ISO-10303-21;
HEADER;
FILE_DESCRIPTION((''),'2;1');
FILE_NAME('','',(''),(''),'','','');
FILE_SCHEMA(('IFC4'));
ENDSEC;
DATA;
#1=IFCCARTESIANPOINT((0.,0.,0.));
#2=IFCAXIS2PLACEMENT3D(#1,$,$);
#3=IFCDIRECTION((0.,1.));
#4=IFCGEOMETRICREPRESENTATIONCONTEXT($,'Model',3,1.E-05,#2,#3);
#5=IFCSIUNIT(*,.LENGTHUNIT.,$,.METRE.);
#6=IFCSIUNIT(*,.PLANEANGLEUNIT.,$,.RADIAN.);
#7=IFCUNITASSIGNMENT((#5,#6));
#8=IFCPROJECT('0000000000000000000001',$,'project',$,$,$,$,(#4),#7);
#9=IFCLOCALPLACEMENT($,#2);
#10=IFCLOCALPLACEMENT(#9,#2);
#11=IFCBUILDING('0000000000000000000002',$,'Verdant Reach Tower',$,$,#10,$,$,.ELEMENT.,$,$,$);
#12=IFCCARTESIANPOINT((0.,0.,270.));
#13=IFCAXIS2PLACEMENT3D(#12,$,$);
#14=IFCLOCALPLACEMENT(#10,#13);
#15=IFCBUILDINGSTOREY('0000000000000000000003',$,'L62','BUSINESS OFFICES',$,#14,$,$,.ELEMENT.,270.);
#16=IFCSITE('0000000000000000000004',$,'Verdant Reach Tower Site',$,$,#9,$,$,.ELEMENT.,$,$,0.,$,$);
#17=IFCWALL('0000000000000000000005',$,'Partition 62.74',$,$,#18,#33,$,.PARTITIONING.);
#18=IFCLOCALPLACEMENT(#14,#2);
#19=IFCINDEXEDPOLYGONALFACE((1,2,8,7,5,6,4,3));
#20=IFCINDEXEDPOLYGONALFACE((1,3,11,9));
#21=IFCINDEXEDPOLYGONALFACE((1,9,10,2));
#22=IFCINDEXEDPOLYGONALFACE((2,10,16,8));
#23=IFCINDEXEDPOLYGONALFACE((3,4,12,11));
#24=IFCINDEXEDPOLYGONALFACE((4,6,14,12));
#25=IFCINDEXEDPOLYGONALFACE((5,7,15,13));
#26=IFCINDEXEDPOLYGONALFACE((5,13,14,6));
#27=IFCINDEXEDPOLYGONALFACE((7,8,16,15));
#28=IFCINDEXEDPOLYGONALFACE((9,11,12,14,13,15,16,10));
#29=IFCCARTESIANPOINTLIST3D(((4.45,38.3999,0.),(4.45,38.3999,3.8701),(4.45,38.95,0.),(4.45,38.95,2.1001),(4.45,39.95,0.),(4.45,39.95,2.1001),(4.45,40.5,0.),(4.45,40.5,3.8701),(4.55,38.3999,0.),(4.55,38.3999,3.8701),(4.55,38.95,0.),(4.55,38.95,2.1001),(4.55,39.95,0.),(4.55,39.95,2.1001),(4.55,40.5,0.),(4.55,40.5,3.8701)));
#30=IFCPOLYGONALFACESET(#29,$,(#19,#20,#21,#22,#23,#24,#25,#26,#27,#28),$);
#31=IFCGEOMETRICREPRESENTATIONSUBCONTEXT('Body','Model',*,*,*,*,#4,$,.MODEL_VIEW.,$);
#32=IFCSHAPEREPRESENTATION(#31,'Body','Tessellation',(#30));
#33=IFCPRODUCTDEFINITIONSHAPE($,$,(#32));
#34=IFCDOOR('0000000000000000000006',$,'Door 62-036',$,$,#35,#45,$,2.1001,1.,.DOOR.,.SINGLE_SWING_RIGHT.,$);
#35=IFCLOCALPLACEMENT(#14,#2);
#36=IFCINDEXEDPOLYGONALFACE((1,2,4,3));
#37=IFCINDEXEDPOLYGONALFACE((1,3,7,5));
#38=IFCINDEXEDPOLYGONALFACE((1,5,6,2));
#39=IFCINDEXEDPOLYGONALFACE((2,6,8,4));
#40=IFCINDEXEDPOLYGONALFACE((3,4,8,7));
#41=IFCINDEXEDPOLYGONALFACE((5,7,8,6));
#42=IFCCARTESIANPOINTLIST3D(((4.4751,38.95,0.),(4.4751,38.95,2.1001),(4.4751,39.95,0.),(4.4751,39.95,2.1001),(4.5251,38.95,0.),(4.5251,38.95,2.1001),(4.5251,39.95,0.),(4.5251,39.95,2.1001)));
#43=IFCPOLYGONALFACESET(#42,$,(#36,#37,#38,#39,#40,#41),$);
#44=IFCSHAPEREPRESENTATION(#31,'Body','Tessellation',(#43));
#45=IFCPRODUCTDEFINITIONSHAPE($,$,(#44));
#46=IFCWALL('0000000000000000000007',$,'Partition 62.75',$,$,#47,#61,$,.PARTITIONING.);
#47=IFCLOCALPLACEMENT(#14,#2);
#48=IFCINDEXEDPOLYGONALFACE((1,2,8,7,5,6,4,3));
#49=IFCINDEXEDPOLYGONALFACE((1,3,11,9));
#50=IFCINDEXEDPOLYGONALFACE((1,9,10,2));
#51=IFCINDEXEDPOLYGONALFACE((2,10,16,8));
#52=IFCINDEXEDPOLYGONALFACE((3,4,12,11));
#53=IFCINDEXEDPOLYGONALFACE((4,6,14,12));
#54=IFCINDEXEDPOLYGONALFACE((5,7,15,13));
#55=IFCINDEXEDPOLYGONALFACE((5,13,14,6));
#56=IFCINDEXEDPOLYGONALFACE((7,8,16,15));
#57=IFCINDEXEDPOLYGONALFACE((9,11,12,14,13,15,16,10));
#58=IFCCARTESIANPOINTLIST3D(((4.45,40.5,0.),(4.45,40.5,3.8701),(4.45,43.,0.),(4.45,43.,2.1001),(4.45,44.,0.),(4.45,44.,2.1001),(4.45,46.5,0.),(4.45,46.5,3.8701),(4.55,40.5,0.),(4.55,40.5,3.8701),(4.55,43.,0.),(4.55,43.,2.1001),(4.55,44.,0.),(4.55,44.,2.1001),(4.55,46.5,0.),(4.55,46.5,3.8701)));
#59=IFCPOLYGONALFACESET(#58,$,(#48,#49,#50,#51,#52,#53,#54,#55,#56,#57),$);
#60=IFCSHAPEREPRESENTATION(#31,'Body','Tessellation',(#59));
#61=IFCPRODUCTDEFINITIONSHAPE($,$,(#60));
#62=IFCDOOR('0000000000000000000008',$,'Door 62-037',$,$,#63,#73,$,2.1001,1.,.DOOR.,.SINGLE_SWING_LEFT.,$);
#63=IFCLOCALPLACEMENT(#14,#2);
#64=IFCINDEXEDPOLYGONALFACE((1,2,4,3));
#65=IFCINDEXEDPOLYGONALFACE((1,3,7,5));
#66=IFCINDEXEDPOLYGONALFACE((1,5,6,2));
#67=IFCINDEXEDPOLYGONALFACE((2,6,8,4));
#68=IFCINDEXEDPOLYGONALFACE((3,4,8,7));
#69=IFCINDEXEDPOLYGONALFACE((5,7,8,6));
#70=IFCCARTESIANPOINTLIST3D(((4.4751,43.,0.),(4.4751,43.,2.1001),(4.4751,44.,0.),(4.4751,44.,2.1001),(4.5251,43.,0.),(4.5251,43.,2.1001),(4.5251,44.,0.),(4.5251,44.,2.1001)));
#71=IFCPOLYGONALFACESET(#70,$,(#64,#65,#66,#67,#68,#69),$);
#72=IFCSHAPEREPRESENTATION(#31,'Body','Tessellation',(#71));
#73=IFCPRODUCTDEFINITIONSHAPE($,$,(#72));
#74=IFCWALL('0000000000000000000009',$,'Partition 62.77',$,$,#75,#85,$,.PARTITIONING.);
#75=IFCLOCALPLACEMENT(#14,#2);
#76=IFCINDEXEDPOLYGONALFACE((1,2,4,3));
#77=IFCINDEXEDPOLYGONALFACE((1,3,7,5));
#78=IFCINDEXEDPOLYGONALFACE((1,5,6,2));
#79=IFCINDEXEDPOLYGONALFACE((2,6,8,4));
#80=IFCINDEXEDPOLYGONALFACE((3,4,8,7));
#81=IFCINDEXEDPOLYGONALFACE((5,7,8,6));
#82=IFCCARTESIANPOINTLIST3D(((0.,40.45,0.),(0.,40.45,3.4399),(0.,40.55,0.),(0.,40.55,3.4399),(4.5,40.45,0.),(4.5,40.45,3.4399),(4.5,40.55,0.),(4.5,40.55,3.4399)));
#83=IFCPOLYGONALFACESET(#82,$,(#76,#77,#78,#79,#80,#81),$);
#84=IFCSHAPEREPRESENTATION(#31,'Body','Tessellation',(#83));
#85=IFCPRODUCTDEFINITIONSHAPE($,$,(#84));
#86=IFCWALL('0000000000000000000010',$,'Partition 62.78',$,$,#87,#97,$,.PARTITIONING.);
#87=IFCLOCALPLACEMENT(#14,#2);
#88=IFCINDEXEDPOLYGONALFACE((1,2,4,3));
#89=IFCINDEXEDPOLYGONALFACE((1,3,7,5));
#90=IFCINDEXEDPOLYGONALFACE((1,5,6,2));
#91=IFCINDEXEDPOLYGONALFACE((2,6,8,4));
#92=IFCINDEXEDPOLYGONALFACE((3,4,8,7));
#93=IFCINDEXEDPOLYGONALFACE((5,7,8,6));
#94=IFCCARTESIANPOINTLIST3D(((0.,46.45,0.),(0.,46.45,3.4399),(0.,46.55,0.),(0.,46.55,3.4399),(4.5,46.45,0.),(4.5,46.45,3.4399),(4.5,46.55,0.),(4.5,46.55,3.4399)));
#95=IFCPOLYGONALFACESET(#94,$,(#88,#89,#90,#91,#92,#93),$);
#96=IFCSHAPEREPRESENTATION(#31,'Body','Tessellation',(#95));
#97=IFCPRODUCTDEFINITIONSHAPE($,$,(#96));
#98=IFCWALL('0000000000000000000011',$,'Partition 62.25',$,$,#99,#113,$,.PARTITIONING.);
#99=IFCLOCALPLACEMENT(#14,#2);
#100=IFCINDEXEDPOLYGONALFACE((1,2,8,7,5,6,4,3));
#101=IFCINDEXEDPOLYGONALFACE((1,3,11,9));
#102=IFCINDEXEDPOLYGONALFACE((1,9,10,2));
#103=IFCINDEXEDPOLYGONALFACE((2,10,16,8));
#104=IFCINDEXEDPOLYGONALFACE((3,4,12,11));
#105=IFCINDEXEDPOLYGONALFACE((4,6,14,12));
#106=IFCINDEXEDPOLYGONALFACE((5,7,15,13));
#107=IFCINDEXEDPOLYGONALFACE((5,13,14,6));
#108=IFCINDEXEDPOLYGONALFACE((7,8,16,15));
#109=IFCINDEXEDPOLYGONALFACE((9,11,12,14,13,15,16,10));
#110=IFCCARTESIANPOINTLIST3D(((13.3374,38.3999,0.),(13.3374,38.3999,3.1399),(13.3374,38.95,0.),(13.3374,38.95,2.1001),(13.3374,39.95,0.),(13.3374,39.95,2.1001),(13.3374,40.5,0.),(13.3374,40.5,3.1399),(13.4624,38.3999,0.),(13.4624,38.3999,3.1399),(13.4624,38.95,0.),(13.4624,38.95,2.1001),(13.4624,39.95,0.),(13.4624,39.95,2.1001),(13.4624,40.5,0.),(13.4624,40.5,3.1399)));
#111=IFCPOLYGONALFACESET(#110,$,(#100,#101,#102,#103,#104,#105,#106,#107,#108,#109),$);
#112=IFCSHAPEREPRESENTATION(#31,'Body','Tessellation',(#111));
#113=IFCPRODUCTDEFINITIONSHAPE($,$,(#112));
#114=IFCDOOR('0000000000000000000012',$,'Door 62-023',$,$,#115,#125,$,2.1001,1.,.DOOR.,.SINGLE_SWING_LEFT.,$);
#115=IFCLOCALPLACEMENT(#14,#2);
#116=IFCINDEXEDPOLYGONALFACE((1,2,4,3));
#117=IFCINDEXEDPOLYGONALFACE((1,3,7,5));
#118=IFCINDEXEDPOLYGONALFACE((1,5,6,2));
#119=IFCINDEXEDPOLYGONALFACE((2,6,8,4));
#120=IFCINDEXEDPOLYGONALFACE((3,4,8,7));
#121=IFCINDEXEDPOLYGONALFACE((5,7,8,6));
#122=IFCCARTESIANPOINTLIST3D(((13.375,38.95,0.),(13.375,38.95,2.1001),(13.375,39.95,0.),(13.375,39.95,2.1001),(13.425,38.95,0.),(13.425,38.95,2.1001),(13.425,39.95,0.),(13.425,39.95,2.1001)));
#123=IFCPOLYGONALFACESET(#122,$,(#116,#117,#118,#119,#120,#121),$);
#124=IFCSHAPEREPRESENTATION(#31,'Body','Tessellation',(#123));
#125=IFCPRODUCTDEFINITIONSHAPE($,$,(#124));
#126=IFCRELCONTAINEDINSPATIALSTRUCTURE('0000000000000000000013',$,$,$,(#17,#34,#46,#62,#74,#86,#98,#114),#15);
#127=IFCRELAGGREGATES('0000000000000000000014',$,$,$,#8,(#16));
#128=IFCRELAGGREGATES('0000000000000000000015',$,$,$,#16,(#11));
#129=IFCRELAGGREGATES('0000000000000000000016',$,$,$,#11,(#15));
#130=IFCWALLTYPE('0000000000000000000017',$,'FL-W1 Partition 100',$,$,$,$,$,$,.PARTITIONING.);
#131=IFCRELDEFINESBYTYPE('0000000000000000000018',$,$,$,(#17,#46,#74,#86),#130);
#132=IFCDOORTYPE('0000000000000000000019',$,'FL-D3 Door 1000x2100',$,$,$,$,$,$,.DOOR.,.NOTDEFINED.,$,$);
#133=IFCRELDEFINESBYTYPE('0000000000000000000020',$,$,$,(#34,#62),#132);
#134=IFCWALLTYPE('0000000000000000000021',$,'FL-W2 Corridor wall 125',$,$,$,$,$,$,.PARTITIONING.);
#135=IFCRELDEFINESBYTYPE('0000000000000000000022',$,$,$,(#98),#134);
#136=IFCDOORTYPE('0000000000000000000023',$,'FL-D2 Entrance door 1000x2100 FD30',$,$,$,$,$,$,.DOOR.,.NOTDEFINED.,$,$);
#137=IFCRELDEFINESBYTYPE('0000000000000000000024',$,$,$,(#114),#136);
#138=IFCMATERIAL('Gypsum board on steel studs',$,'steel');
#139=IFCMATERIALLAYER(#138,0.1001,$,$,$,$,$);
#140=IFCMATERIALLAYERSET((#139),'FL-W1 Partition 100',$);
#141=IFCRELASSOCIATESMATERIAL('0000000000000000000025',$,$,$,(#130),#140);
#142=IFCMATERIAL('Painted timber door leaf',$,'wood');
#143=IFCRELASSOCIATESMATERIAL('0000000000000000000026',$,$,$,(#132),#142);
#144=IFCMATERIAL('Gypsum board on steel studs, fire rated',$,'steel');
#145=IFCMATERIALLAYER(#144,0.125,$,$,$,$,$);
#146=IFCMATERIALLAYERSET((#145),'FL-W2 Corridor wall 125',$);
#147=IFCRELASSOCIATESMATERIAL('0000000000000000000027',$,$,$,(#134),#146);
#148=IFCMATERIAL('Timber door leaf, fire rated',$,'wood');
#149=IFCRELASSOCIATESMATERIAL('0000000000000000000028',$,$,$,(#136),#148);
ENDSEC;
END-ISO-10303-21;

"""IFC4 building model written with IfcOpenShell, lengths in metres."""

from ifc_helpers import new_model, si_unit, direction, frame, frame_2d, origin, place, context, subcontext, project, spatial, rectangle, extrude, material, layer, layer_set, type_object, element, fill, save


model = new_model("IFC4")

# Units and contexts
model_context = context("Model", 3, precision=1e-05, world=origin(), true_north=direction((0.0, 1.0)))
body_context = subcontext(model_context, "Body", "Model", "MODEL_VIEW")
ifc_project = project(units=[si_unit("LENGTHUNIT", "METRE"), si_unit("PLANEANGLEUNIT", "RADIAN")], contexts=[model_context])

# Site, building, storey
site_placement = place(None, origin())
site = spatial("IfcSite", under=ifc_project, at=site_placement, Name="Verdant Reach Tower Site", CompositionType="ELEMENT", RefElevation=0.0)
building_placement = place(site_placement, origin())
building = spatial("IfcBuilding", under=site, at=building_placement, Name="Verdant Reach Tower", CompositionType="ELEMENT")
storey_placement = place(building_placement, frame((0.0, 0.0, 270.0)))
storey = spatial("IfcBuildingStorey", under=building, at=storey_placement, Name="L62", Description="BUSINESS OFFICES", CompositionType="ELEMENT", Elevation=270.0)

# Shared definitions
ifc_material_1 = material(Name="Gypsum board on steel studs", Category="steel")
ifc_layer_1 = layer(ifc_material_1, 0.1001)
ifc_layer_set_1 = layer_set([ifc_layer_1], Name="FL-W1 Partition 100")
wall_type_1 = type_object("IfcWallType", Name="FL-W1 Partition 100", PredefinedType="PARTITIONING", material=ifc_layer_set_1)

# Walls, openings, doors
ifc_material_2 = material(Name="Painted timber door leaf", Category="wood")
door_type_1 = type_object("IfcDoorType", Name="FL-D3 Door 1000x2100", OperationType="NOTDEFINED", PredefinedType="DOOR", material=ifc_material_2)
wall_1_placement = place(storey_placement, frame((4.5, 38.3999, 0.0), z_axis=(0.0, 0.0, 1.0), x_axis=(0.0, 1.0, 0.0)))
wall_1 = element("IfcWall", 1, at=wall_1_placement, inside=storey, type_object=wall_type_1, Name="Partition 62.74", PredefinedType="PARTITIONING", context=body_context, shape_type="SweptSolid", body=[
    extrude(rectangle(XDim=2.1001, YDim=0.1001, at=frame_2d((1.05, 0.0))), origin(), (0.0, 0.0, 1.0), 3.8701),
])
opening_1_placement = place(wall_1_placement, frame((0.55, 0.0, 0.0)))
opening_1 = element("IfcOpeningElement", 2, at=opening_1_placement, cuts=wall_1, PredefinedType="OPENING", context=body_context, shape_type="SweptSolid", body=[
    extrude(rectangle(XDim=1.0, YDim=2.1001, at=frame_2d((0.5, 1.05))), frame((0.0, 0.0601, 0.0), z_axis=(0.0, -1.0, 0.0), x_axis=(1.0, 0.0, 0.0)), (0.0, 0.0, 1.0), 0.1201),
])
door_1_placement = place(opening_1_placement, origin())
door_1 = element("IfcDoor", 3, at=door_1_placement, inside=storey, type_object=door_type_1, Name="Door 62-036", OperationType="SINGLE_SWING_RIGHT", OverallHeight=2.1001, OverallWidth=1.0, PredefinedType="DOOR", context=body_context, shape_type="SweptSolid", body=[
    extrude(rectangle(XDim=1.0, YDim=2.1001, at=frame_2d((0.5, 1.05))), frame((0.0, 0.0249, 0.0), z_axis=(0.0, -1.0, 0.0), x_axis=(1.0, 0.0, 0.0)), (0.0, 0.0, 1.0), 0.05),
])
fill(opening_1, door_1)
wall_2_placement = place(storey_placement, frame((4.5, 40.5, 0.0), z_axis=(0.0, 0.0, 1.0), x_axis=(0.0, 1.0, 0.0)))
wall_2 = element("IfcWall", 4, at=wall_2_placement, inside=storey, type_object=wall_type_1, Name="Partition 62.75", PredefinedType="PARTITIONING", context=body_context, shape_type="SweptSolid", body=[
    extrude(rectangle(XDim=6.0, YDim=0.1001, at=frame_2d((3.0, 0.0))), origin(), (0.0, 0.0, 1.0), 3.8701),
])
opening_2_placement = place(wall_2_placement, frame((2.5, 0.0, 0.0)))
opening_2 = element("IfcOpeningElement", 5, at=opening_2_placement, cuts=wall_2, PredefinedType="OPENING", context=body_context, shape_type="SweptSolid", body=[
    extrude(rectangle(XDim=1.0, YDim=2.1001, at=frame_2d((0.5, 1.05))), frame((0.0, 0.0601, 0.0), z_axis=(0.0, -1.0, 0.0), x_axis=(1.0, 0.0, 0.0)), (0.0, 0.0, 1.0), 0.1201),
])
door_2_placement = place(opening_2_placement, origin())
door_2 = element("IfcDoor", 6, at=door_2_placement, inside=storey, type_object=door_type_1, Name="Door 62-037", OperationType="SINGLE_SWING_LEFT", OverallHeight=2.1001, OverallWidth=1.0, PredefinedType="DOOR", context=body_context, shape_type="SweptSolid", body=[
    extrude(rectangle(XDim=1.0, YDim=2.1001, at=frame_2d((0.5, 1.05))), frame((0.0, 0.0249, 0.0), z_axis=(0.0, -1.0, 0.0), x_axis=(1.0, 0.0, 0.0)), (0.0, 0.0, 1.0), 0.05),
])
fill(opening_2, door_2)

# Walls
for number, where, z_axis, x_axis, name in (
    (7, (4.5, 40.5, 0.0), (0.0, 0.0, 1.0), (-1.0, 0.0, 0.0), "Partition 62.77"),
    (8, (4.5, 46.5, 0.0), (0.0, 0.0, 1.0), (-1.0, 0.0, 0.0), "Partition 62.78"),
):
    element("IfcWall", number, at=place(storey_placement, frame(where, z_axis=z_axis, x_axis=x_axis)), inside=storey, type_object=wall_type_1, Name=name, PredefinedType="PARTITIONING", context=body_context, shape_type="SweptSolid", body=[
        extrude(rectangle(XDim=4.5, YDim=0.1001, at=frame_2d((2.25, 0.0))), origin(), (0.0, 0.0, 1.0), 3.4399),
    ])

# Wall, opening, door
ifc_material_3 = material(Name="Gypsum board on steel studs, fire rated", Category="steel")
ifc_layer_2 = layer(ifc_material_3, 0.125)
ifc_layer_set_2 = layer_set([ifc_layer_2], Name="FL-W2 Corridor wall 125")
wall_type_2 = type_object("IfcWallType", Name="FL-W2 Corridor wall 125", PredefinedType="PARTITIONING", material=ifc_layer_set_2)
wall_3_placement = place(storey_placement, frame((13.3999, 38.3999, 0.0), z_axis=(0.0, 0.0, 1.0), x_axis=(0.0, 1.0, 0.0)))
wall_3 = element("IfcWall", 9, at=wall_3_placement, inside=storey, type_object=wall_type_2, Name="Partition 62.25", PredefinedType="PARTITIONING", context=body_context, shape_type="SweptSolid", body=[
    extrude(rectangle(XDim=2.1001, YDim=0.125, at=frame_2d((1.05, 0.0))), origin(), (0.0, 0.0, 1.0), 3.1399),
])
opening_3_placement = place(wall_3_placement, frame((0.55, 0.0, 0.0)))
opening_3 = element("IfcOpeningElement", 10, at=opening_3_placement, cuts=wall_3, PredefinedType="OPENING", context=body_context, shape_type="SweptSolid", body=[
    extrude(rectangle(XDim=1.0, YDim=2.1001, at=frame_2d((0.5, 1.05))), frame((0.0, 0.0725, 0.0), z_axis=(0.0, -1.0, 0.0), x_axis=(1.0, 0.0, 0.0)), (0.0, 0.0, 1.0), 0.145),
])
ifc_material_4 = material(Name="Timber door leaf, fire rated", Category="wood")
door_type_2 = type_object("IfcDoorType", Name="FL-D2 Entrance door 1000x2100 FD30", OperationType="NOTDEFINED", PredefinedType="DOOR", material=ifc_material_4)
door_3_placement = place(opening_3_placement, origin())
door_3 = element("IfcDoor", 11, at=door_3_placement, inside=storey, type_object=door_type_2, Name="Door 62-023", OperationType="SINGLE_SWING_LEFT", OverallHeight=2.1001, OverallWidth=1.0, PredefinedType="DOOR", context=body_context, shape_type="SweptSolid", body=[
    extrude(rectangle(XDim=1.0, YDim=2.1001, at=frame_2d((0.5, 1.05))), frame((0.0, 0.0249, 0.0), z_axis=(0.0, -1.0, 0.0), x_axis=(1.0, 0.0, 0.0)), (0.0, 0.0, 1.0), 0.05),
])
fill(opening_3, door_3)

save(model, "model.ifc")
